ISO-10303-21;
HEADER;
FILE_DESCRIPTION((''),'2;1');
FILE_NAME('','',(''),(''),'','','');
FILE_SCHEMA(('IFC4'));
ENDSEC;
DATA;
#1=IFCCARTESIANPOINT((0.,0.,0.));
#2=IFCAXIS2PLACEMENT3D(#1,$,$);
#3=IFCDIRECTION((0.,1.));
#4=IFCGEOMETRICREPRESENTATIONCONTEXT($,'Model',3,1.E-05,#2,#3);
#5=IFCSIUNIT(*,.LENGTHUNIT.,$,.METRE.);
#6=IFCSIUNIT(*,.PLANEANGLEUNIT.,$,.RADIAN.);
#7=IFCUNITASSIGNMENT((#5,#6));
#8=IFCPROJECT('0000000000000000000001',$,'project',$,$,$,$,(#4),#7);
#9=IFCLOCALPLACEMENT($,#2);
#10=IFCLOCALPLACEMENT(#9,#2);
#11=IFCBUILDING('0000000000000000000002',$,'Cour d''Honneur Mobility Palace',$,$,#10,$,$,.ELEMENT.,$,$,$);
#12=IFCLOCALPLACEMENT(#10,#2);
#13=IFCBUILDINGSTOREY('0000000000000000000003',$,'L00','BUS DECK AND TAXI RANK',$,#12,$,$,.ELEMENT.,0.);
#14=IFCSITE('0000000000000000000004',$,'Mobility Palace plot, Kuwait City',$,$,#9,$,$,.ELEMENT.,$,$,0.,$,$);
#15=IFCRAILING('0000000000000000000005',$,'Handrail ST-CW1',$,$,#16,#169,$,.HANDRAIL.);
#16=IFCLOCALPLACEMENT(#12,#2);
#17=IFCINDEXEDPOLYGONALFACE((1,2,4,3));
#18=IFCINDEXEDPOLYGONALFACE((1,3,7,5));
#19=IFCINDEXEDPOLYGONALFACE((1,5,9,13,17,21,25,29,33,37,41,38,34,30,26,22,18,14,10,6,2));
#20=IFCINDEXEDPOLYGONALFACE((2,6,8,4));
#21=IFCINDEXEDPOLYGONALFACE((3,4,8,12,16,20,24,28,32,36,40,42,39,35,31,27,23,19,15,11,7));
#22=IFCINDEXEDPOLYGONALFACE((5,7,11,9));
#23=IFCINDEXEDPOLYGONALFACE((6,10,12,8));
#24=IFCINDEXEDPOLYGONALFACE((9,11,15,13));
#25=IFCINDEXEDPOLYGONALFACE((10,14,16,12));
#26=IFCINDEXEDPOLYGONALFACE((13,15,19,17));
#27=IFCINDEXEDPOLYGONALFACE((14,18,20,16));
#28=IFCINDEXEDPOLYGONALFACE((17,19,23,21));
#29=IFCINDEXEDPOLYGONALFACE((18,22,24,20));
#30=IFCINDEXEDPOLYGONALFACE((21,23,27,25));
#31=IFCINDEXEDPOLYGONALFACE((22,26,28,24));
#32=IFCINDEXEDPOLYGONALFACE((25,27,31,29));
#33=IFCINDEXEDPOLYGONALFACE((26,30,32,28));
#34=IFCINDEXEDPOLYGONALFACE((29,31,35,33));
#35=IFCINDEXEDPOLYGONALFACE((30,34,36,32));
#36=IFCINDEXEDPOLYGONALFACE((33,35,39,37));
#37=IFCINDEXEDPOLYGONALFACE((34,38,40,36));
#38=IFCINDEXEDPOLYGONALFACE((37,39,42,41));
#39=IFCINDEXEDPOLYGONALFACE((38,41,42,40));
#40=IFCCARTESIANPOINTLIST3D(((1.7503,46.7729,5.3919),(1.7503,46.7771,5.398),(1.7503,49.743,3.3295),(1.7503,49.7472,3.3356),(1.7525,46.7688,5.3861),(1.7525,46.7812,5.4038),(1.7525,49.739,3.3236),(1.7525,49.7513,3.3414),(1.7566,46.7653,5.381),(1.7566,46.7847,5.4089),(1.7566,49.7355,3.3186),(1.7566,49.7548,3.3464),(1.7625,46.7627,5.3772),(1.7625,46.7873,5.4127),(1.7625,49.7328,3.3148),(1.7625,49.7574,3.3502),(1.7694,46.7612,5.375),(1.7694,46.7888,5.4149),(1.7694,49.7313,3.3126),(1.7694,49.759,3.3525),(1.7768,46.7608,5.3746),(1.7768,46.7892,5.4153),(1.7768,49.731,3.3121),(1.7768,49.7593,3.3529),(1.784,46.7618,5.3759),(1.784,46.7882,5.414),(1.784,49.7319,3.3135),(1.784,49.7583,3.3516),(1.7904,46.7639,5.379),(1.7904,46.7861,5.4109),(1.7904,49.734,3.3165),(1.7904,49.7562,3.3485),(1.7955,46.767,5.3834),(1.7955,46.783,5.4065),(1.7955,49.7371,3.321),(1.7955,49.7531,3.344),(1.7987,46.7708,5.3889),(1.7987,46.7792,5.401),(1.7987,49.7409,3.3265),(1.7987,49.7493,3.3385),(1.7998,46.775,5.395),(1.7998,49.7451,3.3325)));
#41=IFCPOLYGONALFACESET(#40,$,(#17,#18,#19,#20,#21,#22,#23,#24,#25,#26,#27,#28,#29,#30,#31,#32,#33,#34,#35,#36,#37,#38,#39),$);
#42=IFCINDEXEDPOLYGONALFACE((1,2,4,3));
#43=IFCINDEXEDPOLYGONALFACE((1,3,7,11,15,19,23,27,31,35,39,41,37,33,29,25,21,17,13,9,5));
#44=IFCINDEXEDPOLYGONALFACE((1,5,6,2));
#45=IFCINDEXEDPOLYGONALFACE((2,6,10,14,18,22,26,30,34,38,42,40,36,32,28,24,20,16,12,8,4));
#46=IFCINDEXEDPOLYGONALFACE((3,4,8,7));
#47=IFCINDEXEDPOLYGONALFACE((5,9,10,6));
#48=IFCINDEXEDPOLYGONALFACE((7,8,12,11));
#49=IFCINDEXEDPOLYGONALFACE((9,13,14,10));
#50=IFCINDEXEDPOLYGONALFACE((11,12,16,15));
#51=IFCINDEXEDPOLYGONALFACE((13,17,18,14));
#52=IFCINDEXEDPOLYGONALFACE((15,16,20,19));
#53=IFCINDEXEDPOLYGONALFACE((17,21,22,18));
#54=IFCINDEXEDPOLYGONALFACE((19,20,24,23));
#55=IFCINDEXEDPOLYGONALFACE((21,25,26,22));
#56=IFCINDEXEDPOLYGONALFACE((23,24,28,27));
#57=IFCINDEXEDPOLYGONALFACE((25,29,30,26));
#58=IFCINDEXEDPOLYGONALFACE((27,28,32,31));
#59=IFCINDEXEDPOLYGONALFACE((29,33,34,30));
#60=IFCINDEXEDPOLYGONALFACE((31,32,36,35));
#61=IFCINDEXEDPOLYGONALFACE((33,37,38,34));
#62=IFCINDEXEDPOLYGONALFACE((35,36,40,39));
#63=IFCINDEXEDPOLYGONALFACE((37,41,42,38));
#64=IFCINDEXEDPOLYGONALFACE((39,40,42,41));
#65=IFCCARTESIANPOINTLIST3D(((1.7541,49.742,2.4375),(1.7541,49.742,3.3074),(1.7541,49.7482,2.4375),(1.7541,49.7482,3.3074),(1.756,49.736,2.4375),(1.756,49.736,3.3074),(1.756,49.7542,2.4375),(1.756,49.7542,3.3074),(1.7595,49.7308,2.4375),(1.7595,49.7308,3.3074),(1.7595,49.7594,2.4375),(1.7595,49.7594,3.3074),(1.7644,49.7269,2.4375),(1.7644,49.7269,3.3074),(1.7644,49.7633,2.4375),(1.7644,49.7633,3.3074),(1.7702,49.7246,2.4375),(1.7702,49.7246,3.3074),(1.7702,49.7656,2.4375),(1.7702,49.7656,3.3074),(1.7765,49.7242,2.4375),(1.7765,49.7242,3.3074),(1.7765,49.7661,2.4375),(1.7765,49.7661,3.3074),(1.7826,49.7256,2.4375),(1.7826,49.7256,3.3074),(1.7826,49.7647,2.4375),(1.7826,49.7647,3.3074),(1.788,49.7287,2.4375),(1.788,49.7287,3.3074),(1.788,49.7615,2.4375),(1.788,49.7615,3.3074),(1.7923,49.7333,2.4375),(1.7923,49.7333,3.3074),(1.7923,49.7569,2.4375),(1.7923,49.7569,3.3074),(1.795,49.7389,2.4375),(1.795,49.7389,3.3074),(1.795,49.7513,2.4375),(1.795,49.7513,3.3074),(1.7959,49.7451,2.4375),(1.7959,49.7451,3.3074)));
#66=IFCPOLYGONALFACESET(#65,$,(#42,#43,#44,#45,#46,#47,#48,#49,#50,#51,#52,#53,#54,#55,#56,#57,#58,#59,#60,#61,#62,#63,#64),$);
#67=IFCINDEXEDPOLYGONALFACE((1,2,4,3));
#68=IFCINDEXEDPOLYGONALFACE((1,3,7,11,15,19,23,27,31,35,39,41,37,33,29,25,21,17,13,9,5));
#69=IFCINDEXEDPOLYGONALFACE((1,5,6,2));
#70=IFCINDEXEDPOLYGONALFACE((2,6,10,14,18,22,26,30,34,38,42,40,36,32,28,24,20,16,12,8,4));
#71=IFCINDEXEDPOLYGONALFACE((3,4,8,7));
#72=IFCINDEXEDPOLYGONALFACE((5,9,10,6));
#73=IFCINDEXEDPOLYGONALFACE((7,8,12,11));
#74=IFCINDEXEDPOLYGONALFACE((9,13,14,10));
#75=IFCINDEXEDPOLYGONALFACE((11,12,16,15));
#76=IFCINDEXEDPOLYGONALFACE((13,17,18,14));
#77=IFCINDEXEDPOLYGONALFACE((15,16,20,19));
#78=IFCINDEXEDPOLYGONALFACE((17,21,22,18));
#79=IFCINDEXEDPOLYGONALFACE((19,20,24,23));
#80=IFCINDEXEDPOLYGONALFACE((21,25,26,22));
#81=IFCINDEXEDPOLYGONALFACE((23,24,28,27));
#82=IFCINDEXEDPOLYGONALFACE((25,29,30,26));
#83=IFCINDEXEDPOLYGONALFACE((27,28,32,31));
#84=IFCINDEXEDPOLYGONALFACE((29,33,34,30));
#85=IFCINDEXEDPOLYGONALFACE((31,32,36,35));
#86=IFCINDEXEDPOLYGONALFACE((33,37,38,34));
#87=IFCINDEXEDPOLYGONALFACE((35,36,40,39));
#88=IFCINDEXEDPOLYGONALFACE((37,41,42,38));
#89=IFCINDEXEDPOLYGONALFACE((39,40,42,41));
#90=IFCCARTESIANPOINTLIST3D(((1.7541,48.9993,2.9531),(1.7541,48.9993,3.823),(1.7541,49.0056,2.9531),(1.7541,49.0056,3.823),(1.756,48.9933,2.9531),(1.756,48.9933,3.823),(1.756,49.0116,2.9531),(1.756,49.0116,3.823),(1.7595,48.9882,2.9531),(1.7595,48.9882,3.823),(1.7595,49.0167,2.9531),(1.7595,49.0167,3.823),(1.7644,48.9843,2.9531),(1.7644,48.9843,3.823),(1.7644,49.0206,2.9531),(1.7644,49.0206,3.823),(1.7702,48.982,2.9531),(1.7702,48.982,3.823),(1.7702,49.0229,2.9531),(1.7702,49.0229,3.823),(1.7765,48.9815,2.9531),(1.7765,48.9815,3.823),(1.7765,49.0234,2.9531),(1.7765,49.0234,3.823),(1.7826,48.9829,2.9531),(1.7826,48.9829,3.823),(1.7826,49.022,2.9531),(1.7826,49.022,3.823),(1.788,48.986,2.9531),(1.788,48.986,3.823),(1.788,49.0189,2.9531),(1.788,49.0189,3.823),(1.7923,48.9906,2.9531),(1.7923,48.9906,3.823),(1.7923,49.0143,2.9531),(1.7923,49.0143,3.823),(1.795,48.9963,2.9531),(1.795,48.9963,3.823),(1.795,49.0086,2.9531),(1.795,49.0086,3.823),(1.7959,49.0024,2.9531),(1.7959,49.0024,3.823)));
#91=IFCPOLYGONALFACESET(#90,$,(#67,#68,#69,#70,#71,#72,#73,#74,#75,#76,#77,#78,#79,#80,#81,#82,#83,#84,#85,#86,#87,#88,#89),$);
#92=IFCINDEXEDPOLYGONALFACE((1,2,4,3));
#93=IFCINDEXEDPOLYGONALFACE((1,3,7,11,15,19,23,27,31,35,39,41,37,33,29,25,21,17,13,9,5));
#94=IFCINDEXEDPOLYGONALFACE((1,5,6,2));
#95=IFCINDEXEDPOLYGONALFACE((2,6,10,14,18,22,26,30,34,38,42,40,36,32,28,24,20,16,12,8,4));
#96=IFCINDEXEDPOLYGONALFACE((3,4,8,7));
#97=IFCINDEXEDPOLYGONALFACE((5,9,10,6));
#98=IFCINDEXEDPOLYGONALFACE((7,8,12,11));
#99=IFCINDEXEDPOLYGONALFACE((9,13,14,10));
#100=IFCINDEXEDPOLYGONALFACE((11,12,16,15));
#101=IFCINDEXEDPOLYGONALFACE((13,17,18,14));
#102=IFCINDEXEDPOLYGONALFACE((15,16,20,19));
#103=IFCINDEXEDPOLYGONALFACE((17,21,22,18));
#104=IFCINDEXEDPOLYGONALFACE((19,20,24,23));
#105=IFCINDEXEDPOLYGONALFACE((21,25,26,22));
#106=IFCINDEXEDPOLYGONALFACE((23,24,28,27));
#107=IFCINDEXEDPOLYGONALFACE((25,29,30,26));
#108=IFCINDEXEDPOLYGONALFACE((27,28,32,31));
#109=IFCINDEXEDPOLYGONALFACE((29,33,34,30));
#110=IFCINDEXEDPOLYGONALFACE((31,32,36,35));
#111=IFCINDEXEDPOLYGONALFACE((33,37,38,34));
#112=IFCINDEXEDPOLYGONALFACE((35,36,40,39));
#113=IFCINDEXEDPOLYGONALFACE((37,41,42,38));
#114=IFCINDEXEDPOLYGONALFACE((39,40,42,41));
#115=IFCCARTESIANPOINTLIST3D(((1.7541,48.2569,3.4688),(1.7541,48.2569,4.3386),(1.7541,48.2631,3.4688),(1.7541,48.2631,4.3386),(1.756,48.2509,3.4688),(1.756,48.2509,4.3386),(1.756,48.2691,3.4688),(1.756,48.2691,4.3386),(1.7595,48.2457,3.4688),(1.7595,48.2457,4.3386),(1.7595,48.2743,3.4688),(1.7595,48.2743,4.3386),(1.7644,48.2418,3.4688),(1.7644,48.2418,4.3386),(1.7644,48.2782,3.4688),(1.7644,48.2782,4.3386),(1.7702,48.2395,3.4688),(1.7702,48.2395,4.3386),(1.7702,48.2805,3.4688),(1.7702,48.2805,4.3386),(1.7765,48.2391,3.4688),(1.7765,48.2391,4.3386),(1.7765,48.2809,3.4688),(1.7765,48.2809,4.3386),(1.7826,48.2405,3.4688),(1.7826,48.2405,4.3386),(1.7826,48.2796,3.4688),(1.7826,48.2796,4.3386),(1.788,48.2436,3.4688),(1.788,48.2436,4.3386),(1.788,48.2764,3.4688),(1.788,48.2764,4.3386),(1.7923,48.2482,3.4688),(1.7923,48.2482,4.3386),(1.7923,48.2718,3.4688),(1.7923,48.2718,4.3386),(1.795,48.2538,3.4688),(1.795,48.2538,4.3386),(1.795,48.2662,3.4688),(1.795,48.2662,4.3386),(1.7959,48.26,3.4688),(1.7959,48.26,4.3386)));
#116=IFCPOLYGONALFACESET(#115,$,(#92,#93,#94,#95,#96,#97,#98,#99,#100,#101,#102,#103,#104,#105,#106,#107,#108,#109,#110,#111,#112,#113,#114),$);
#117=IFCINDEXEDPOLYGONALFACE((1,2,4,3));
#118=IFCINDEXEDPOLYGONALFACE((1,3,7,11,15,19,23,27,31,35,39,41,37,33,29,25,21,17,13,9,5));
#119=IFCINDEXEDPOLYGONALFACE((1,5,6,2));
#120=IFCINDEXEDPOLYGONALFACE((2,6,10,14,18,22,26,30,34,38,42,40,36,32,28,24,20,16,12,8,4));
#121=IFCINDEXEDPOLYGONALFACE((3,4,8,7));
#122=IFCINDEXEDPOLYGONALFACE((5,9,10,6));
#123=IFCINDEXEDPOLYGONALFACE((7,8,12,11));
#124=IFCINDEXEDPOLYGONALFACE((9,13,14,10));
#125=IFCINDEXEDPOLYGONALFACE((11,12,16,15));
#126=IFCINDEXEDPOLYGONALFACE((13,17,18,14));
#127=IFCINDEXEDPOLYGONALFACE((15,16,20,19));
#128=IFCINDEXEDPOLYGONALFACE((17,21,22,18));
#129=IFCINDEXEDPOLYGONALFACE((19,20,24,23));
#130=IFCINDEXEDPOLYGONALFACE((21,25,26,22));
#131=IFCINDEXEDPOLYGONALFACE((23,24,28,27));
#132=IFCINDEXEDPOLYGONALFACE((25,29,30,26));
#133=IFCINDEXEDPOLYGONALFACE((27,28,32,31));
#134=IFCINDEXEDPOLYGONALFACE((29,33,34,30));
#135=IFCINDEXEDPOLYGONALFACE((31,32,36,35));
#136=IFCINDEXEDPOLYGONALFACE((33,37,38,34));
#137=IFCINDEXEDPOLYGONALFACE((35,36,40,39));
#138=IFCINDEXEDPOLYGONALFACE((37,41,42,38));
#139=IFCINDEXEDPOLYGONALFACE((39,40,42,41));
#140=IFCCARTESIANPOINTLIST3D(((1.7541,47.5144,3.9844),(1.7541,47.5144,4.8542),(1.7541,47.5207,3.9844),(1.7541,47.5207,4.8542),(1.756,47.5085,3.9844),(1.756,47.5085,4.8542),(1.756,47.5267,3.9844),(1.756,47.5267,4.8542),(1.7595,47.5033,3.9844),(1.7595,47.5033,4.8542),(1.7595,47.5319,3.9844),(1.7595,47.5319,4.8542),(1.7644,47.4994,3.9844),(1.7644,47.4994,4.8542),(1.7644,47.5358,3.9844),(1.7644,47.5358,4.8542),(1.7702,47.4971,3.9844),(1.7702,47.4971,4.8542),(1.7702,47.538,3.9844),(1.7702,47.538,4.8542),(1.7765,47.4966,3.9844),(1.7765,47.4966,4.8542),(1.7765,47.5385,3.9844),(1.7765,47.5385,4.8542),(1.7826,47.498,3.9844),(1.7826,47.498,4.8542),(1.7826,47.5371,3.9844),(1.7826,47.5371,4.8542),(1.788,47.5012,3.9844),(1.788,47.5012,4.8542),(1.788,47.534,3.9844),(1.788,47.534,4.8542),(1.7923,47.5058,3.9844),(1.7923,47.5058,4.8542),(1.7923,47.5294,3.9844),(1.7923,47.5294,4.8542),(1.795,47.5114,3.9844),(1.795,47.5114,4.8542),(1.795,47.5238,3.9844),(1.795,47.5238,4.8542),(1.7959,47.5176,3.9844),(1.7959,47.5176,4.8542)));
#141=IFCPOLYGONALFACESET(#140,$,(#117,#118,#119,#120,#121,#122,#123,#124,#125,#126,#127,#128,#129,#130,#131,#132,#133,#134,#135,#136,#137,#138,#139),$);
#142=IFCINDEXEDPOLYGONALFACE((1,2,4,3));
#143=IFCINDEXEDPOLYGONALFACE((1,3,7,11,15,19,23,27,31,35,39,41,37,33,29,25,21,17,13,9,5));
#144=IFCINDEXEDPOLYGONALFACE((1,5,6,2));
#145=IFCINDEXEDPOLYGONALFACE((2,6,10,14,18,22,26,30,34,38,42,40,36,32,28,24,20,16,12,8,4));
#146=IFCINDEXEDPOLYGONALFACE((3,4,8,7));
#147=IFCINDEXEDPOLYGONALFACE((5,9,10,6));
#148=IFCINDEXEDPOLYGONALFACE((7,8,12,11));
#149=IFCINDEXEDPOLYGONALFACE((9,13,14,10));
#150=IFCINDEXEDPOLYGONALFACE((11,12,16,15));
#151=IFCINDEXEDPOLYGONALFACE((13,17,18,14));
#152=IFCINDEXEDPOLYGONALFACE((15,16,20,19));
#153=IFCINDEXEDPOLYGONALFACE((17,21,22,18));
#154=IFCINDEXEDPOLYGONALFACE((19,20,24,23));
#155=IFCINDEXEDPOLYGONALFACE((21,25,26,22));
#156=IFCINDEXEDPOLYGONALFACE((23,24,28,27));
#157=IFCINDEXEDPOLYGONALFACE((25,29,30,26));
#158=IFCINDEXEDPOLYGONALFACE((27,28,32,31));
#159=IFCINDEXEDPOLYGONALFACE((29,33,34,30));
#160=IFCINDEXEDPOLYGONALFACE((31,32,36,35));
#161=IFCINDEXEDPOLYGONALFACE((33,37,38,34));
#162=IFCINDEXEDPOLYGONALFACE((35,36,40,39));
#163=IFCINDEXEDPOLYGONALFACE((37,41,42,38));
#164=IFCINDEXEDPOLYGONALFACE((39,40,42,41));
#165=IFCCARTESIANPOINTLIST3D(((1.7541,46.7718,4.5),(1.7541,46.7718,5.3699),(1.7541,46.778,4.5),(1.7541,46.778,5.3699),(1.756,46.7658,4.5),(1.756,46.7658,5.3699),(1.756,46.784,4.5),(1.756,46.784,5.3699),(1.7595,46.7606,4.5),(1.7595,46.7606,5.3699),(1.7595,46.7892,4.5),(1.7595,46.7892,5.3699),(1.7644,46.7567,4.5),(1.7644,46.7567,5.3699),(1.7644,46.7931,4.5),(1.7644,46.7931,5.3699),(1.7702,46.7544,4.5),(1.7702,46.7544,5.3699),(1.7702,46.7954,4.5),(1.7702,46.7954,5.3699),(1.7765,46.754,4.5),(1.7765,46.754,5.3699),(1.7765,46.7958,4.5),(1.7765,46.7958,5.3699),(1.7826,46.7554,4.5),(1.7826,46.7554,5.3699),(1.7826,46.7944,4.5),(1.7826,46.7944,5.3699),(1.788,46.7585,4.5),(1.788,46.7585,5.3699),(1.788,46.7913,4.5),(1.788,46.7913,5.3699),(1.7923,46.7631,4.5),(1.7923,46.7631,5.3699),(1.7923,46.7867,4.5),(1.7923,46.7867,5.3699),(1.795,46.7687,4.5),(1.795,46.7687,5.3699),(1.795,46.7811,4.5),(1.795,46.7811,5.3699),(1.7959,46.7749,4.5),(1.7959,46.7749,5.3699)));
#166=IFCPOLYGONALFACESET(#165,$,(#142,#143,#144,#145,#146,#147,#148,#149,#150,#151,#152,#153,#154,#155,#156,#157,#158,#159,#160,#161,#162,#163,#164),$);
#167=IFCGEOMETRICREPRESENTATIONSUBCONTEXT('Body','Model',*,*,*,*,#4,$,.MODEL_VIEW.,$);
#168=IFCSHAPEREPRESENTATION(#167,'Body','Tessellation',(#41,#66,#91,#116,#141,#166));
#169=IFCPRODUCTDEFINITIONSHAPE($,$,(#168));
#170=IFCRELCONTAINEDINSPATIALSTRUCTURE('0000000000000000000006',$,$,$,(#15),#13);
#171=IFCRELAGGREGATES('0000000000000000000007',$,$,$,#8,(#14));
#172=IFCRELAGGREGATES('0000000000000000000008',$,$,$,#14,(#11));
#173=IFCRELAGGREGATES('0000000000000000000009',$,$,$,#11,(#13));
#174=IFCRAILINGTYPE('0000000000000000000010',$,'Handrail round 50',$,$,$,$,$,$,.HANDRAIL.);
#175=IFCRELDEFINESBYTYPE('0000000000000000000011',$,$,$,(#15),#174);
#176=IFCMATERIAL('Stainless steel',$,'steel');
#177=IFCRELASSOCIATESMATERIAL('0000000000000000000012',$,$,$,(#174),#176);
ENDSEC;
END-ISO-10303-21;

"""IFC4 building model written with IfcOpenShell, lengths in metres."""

from ifc_helpers import new_model, si_unit, direction, frame, origin, origin_2d, place, context, subcontext, project, spatial, circle, extrude, material, type_object, element, save


model = new_model("IFC4")

# Units and contexts
model_context = context("Model", 3, precision=1e-05, world=origin(), true_north=direction((0.0, 1.0)))
body_context = subcontext(model_context, "Body", "Model", "MODEL_VIEW")
ifc_project = project(units=[si_unit("LENGTHUNIT", "METRE"), si_unit("PLANEANGLEUNIT", "RADIAN")], contexts=[model_context])

# Site, building, storey
site_placement = place(None, origin())
site = spatial("IfcSite", under=ifc_project, at=site_placement, Name="Mobility Palace plot, Kuwait City", CompositionType="ELEMENT", RefElevation=0.0)
building_placement = place(site_placement, origin())
building = spatial("IfcBuilding", under=site, at=building_placement, Name="Cour d'Honneur Mobility Palace", CompositionType="ELEMENT")
storey_placement = place(building_placement, origin())
storey = spatial("IfcBuildingStorey", under=building, at=storey_placement, Name="L00", Description="BUS DECK AND TAXI RANK", CompositionType="ELEMENT", Elevation=0.0)

# Railing
ifc_material_1 = material(Name="Stainless steel", Category="steel")
railing_type = type_object("IfcRailingType", Name="Handrail round 50", PredefinedType="HANDRAIL", material=ifc_material_1)
for number, where, name in (
    (1, (1.7749, 49.7451, 2.4375), "Handrail ST-CW1"),
):
    element("IfcRailing", number, at=place(storey_placement, frame(where)), inside=storey, type_object=railing_type, Name=name, PredefinedType="HANDRAIL", context=body_context, shape_type="SweptSolid", body=[
        extrude(circle(Radius=0.0249, at=origin_2d()), frame((0.0, 0.0, 0.895), z_axis=(0.0, -0.821389, 0.570368), x_axis=(1.0, 0.0, 0.0)), (0.0, 0.0, 1.0), 3.616),
        extrude(circle(Radius=0.021, at=origin_2d()), origin(), (0.0, 0.0, 1.0), 0.8699),
        extrude(circle(Radius=0.021, at=origin_2d()), frame((0.0, -0.7427, 0.5156)), (0.0, 0.0, 1.0), 0.8699),
        extrude(circle(Radius=0.021, at=origin_2d()), frame((0.0, -1.4851, 1.0312)), (0.0, 0.0, 1.0), 0.8699),
        extrude(circle(Radius=0.021, at=origin_2d()), frame((0.0, -2.2275, 1.5469)), (0.0, 0.0, 1.0), 0.8699),
        extrude(circle(Radius=0.021, at=origin_2d()), frame((0.0, -2.9702, 2.0625)), (0.0, 0.0, 1.0), 0.8699),
    ])

save(model, "model.ifc")
